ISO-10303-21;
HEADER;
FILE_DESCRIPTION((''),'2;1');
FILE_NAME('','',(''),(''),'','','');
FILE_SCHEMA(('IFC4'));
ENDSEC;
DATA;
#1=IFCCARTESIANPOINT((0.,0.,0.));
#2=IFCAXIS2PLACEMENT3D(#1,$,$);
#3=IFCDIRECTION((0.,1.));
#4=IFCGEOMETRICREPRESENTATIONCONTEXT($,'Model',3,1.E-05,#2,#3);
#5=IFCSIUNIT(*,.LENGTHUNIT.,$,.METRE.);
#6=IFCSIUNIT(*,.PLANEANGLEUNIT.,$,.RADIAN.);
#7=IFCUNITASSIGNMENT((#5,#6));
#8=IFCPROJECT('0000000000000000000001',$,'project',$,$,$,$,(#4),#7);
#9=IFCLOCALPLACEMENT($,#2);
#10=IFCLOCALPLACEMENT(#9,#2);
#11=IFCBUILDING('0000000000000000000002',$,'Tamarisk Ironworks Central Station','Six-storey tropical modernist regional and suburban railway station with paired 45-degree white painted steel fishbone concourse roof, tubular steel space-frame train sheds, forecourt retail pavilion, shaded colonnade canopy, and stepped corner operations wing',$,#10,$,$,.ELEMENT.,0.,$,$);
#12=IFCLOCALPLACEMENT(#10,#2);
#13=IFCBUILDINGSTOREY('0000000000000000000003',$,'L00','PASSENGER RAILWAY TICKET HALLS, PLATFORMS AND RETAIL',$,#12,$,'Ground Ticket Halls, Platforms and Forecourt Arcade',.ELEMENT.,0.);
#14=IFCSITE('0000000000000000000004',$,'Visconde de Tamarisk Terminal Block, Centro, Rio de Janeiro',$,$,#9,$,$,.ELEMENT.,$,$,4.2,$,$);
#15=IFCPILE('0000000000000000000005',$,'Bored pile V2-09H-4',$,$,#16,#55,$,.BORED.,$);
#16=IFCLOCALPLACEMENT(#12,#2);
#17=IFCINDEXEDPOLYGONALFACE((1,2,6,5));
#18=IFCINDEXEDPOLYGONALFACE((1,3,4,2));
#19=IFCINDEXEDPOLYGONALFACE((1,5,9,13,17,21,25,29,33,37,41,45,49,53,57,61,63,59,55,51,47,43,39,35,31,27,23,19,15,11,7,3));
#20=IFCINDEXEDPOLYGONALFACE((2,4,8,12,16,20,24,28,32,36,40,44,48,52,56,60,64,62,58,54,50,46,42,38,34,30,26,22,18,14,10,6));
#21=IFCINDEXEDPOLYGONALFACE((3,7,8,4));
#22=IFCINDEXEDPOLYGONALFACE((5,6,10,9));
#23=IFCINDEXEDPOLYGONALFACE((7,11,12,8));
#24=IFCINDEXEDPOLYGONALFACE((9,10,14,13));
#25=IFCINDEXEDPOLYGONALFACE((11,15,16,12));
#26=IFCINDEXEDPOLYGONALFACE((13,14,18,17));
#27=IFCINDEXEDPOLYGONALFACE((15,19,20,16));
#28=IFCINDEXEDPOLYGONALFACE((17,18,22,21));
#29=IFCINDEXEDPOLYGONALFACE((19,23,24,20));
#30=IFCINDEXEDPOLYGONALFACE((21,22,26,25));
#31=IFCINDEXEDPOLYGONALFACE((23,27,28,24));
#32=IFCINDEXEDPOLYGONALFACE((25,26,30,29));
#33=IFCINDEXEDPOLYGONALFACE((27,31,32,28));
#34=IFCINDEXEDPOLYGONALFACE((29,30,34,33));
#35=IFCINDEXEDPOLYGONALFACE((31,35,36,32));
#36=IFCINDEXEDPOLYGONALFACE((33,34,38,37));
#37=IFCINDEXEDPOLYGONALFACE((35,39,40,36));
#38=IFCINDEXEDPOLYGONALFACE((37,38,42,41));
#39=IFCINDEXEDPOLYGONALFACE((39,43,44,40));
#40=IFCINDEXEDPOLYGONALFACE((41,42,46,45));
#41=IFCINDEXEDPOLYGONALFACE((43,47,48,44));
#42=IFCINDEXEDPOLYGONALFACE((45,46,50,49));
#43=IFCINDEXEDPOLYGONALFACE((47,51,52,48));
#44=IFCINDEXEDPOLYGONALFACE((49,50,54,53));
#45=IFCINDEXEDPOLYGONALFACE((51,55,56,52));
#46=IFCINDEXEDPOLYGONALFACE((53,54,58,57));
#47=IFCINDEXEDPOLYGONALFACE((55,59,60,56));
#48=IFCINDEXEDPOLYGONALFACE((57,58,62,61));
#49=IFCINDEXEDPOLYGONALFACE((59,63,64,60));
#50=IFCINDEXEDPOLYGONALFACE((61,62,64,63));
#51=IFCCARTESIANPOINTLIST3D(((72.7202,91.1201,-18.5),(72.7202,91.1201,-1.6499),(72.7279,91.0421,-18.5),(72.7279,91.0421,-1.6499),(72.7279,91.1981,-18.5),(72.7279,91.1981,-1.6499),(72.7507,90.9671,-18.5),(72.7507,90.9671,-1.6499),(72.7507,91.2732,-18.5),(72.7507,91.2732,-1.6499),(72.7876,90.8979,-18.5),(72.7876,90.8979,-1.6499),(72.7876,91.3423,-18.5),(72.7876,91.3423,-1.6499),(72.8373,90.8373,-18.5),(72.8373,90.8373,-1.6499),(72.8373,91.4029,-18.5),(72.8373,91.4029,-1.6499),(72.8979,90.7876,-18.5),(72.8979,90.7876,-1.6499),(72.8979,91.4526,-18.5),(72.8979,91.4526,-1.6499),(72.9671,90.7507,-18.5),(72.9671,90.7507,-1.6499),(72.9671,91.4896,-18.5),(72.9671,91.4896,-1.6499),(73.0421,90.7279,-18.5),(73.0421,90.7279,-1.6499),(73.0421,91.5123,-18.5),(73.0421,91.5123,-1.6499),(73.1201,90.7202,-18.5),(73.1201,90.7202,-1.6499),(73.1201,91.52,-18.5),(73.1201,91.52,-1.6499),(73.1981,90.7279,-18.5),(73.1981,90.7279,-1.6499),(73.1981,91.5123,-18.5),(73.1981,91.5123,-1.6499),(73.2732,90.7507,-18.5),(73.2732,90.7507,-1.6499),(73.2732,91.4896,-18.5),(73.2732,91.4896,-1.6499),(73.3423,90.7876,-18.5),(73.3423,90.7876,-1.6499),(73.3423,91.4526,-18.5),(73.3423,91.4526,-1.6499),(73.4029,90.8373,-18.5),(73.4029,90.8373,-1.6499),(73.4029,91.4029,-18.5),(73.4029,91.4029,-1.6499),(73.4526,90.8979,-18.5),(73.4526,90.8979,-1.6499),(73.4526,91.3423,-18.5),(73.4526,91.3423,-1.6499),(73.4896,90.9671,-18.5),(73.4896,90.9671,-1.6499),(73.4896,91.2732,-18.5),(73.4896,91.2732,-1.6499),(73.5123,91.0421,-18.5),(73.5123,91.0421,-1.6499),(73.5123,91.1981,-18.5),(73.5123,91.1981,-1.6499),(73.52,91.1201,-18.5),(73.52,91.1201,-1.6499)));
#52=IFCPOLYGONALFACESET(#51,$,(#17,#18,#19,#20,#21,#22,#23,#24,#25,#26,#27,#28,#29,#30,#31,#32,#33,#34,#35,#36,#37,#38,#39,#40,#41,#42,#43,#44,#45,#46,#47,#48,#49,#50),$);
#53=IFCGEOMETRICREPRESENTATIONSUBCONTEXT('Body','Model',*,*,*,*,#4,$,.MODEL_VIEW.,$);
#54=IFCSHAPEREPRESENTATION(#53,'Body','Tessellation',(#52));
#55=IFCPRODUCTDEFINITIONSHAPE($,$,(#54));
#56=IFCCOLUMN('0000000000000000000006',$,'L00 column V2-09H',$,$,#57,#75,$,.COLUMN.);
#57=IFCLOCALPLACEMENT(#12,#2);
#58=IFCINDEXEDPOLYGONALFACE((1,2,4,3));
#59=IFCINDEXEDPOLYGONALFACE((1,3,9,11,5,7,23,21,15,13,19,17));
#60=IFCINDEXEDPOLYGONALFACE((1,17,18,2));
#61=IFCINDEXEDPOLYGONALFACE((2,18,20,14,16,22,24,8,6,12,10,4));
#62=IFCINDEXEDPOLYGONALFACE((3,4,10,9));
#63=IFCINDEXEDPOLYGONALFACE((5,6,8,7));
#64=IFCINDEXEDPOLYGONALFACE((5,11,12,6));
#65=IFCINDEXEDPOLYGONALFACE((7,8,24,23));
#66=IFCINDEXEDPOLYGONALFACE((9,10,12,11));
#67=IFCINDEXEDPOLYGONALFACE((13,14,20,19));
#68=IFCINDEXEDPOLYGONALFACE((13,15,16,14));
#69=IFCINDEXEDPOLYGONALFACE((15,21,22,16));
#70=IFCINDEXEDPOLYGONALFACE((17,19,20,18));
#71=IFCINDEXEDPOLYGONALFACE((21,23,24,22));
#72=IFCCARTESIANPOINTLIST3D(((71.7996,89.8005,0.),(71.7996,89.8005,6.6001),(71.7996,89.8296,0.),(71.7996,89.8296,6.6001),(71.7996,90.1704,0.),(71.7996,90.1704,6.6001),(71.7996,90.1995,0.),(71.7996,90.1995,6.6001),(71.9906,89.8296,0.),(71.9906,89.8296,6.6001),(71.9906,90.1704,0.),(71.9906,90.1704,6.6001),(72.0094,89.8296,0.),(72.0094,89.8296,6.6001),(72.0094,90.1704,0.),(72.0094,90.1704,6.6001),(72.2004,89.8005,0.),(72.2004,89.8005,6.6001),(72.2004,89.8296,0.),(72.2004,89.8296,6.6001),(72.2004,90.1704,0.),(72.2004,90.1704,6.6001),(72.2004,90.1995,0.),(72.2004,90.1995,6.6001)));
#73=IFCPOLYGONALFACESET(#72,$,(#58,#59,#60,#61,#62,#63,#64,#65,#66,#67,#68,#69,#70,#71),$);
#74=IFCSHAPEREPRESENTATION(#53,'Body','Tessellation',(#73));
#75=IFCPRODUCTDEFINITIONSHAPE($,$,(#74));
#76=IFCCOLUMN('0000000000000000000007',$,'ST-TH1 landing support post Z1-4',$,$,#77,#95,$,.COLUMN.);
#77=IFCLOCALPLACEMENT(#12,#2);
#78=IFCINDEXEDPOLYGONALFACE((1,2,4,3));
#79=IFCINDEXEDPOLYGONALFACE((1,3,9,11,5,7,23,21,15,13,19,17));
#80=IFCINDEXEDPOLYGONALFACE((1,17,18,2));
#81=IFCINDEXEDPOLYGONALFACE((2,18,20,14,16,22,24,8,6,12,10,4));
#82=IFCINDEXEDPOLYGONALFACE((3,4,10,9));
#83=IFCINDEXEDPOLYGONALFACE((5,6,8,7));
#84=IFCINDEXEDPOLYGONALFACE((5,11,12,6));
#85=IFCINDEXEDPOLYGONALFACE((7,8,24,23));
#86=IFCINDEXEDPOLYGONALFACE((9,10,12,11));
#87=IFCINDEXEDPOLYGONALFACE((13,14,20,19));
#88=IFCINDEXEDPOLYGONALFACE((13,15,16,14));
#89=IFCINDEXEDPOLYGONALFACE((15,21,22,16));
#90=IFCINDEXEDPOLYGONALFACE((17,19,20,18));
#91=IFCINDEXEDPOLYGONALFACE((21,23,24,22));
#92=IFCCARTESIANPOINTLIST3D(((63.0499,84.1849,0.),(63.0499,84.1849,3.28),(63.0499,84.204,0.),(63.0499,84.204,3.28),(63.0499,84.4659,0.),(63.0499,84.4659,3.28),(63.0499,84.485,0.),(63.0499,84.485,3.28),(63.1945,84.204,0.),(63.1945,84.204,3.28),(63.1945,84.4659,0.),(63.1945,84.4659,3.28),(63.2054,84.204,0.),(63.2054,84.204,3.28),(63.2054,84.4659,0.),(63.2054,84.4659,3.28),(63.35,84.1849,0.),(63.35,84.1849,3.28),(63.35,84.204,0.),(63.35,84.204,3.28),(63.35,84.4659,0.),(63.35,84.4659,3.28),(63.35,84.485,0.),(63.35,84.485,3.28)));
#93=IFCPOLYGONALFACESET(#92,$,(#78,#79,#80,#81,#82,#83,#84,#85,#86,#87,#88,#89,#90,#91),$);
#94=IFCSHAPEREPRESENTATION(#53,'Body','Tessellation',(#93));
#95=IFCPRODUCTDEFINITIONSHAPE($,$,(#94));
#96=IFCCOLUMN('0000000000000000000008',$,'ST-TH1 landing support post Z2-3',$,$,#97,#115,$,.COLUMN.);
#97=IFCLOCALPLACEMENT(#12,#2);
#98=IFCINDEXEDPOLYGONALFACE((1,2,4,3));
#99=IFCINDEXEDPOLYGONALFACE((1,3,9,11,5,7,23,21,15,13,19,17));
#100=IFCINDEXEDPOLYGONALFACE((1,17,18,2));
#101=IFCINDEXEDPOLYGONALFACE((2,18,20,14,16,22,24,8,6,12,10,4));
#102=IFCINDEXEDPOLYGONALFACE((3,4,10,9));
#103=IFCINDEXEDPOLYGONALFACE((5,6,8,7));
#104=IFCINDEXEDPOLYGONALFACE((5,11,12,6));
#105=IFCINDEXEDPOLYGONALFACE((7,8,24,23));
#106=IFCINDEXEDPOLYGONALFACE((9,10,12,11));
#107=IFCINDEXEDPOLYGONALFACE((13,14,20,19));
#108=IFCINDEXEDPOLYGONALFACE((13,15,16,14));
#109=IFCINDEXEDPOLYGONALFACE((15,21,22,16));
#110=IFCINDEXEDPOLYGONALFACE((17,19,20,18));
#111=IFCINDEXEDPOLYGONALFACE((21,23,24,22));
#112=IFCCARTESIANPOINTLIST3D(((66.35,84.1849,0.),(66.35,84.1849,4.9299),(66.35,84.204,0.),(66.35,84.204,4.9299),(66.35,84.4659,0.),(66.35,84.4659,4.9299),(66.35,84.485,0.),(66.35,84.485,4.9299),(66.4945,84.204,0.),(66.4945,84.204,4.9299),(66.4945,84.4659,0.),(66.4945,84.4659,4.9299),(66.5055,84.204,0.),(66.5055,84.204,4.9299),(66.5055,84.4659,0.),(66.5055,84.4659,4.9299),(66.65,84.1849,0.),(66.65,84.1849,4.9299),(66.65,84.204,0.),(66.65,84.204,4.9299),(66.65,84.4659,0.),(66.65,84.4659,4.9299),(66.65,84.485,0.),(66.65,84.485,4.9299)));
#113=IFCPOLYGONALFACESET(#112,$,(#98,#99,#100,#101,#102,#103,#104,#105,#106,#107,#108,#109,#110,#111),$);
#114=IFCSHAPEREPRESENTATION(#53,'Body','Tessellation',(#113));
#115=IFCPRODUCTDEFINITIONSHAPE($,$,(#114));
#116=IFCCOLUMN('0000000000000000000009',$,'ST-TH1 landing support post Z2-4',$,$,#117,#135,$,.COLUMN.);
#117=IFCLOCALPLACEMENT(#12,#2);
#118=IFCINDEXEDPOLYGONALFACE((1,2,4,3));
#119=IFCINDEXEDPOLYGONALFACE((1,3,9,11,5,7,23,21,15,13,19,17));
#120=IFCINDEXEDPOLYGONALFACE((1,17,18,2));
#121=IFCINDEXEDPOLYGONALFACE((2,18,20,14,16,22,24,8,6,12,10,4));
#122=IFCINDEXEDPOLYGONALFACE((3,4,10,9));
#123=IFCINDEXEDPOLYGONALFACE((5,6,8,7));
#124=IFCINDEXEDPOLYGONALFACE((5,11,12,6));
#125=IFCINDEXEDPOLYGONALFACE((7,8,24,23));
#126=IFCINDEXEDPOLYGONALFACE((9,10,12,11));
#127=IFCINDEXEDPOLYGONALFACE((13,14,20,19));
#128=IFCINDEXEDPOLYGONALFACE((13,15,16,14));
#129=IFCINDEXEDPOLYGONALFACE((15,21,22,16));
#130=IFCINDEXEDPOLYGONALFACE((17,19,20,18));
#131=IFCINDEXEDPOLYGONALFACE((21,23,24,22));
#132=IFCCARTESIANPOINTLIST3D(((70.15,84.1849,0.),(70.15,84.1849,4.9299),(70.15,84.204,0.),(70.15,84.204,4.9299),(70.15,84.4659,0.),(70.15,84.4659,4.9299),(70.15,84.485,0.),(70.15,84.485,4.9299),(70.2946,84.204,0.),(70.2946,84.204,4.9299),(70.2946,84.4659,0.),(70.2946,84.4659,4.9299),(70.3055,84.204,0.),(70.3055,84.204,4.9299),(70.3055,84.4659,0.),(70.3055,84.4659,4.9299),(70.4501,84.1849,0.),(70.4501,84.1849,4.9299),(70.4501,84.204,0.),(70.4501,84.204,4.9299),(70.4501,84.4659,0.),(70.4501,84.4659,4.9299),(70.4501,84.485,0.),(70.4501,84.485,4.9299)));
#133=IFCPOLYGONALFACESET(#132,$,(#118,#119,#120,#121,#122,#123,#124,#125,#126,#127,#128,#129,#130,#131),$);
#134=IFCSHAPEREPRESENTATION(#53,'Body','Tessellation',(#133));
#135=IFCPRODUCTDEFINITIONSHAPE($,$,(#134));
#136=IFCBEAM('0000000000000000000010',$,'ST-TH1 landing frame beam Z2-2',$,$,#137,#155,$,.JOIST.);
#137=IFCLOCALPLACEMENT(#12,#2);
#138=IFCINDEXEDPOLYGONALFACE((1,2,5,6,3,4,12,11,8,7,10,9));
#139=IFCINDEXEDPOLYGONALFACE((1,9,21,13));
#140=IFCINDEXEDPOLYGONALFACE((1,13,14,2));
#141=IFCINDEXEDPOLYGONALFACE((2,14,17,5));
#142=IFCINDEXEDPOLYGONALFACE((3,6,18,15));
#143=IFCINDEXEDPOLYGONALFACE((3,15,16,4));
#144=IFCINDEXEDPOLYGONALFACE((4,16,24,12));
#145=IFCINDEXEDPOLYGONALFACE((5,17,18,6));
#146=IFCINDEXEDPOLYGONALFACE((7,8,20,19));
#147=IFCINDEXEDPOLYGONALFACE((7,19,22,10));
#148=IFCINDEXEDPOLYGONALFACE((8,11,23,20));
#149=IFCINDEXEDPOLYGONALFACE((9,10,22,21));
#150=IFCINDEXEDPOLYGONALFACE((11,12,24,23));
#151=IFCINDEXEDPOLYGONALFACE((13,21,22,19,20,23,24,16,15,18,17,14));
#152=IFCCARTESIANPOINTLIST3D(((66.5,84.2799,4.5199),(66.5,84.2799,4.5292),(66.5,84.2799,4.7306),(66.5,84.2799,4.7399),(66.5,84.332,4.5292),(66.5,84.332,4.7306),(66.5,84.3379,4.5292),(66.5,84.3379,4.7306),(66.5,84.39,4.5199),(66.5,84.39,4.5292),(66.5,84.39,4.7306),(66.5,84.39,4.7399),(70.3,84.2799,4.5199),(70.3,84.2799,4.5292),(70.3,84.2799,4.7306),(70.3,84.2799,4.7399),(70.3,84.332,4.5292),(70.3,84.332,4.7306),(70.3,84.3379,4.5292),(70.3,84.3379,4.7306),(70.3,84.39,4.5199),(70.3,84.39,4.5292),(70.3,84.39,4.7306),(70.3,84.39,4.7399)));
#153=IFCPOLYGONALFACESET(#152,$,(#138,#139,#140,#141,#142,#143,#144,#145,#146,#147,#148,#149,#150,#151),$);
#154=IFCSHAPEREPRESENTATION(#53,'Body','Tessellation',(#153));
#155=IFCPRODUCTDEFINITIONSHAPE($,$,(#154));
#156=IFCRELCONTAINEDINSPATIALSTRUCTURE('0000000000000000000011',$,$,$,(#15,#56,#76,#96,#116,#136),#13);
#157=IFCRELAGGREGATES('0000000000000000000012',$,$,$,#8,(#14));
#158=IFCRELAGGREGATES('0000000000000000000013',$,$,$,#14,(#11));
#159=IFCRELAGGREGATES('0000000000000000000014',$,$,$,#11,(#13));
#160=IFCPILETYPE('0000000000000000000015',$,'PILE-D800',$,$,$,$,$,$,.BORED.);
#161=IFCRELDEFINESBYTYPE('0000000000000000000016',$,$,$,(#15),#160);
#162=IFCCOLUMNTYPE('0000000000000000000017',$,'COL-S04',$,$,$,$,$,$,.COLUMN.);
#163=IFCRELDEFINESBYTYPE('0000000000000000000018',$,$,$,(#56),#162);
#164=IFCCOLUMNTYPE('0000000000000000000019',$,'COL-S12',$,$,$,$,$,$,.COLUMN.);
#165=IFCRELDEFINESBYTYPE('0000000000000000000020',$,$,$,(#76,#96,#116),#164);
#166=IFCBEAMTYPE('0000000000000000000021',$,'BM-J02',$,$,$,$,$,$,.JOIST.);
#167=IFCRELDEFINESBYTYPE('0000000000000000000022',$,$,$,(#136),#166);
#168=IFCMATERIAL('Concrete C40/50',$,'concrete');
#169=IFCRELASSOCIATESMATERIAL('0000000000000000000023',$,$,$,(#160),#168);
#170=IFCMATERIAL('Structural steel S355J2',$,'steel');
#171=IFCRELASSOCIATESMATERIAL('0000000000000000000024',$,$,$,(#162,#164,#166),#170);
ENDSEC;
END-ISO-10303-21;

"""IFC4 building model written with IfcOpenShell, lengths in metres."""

from ifc_helpers import new_model, si_unit, direction, frame, origin, origin_2d, place, context, subcontext, project, spatial, circle, i_section, extrude, material, material_profile, profile_set, type_object, element, save


model = new_model("IFC4")

# Units and contexts
model_context = context("Model", 3, precision=1e-05, world=origin(), true_north=direction((0.0, 1.0)))
body_context = subcontext(model_context, "Body", "Model", "MODEL_VIEW")
ifc_project = project(units=[si_unit("LENGTHUNIT", "METRE"), si_unit("PLANEANGLEUNIT", "RADIAN")], contexts=[model_context])

# Site, building, storey
site_placement = place(None, origin())
site = spatial("IfcSite", under=ifc_project, at=site_placement, Name="Visconde de Tamarisk Terminal Block, Centro, Rio de Janeiro", CompositionType="ELEMENT", RefElevation=4.2)
building_placement = place(site_placement, origin())
building = spatial("IfcBuilding", under=site, at=building_placement, Name="Tamarisk Ironworks Central Station", Description="Six-storey tropical modernist regional and suburban railway station with paired 45-degree white painted steel fishbone concourse roof, tubular steel space-frame train sheds, forecourt retail pavilion, shaded colonnade canopy, and stepped corner operations wing", CompositionType="ELEMENT", ElevationOfRefHeight=0.0)
storey_placement = place(building_placement, origin())
storey = spatial("IfcBuildingStorey", under=building, at=storey_placement, Name="L00", Description="PASSENGER RAILWAY TICKET HALLS, PLATFORMS AND RETAIL", LongName="Ground Ticket Halls, Platforms and Forecourt Arcade", CompositionType="ELEMENT", Elevation=0.0)

# Shared definitions
ifc_material_1 = material(Name="Concrete C40/50", Category="concrete")

# Pile
ifc_material_profile_1 = material_profile(ifc_material_1, circle(Radius=0.3999, at=origin_2d()), Name="BORED PILE D800")
ifc_profile_set_1 = profile_set([ifc_material_profile_1], Name="Concrete C40/50")
pile_type = type_object("IfcPileType", Name="PILE-D800", PredefinedType="BORED", material=ifc_profile_set_1)
for number, where, z_axis, x_axis, name in (
    (1, (73.1201, 91.1201, -1.6499), (0.0, 0.0, -1.0), (1.0, 0.0, 0.0), "Bored pile V2-09H-4"),
):
    element("IfcPile", number, at=place(storey_placement, frame(where, z_axis=z_axis, x_axis=x_axis)), inside=storey, type_object=pile_type, Name=name, PredefinedType="BORED", context=body_context, shape_type="SweptSolid", body=[
        extrude(circle(Radius=0.3999, at=origin_2d()), origin(), (0.0, 0.0, 1.0), 16.8501),
    ])

# Columns
ifc_material_2 = material(Name="Structural steel S355J2", Category="steel")
ifc_material_profile_2 = material_profile(ifc_material_2, i_section(OverallWidth=0.4009, OverallDepth=0.3989, WebThickness=0.0188, FlangeThickness=0.0291, at=origin_2d()), Name="HD 400x314")
ifc_profile_set_2 = profile_set([ifc_material_profile_2], Name="Structural steel S355J2")
column_type_1 = type_object("IfcColumnType", Name="COL-S04", PredefinedType="COLUMN", material=ifc_profile_set_2)
column_1_placement = place(storey_placement, frame((72.0, 90.0, 0.0), z_axis=(0.0, 0.0, 1.0), x_axis=(1.0, 0.0, 0.0)))
element("IfcColumn", 2, at=column_1_placement, inside=storey, type_object=column_type_1, Name="L00 column V2-09H", PredefinedType="COLUMN", context=body_context, shape_type="SweptSolid", body=[
    extrude(i_section(OverallWidth=0.4009, OverallDepth=0.3989, WebThickness=0.0188, FlangeThickness=0.0291, at=origin_2d()), origin(), (0.0, 0.0, 1.0), 6.6001),
])
ifc_material_profile_3 = material_profile(ifc_material_2, i_section(OverallWidth=0.3, OverallDepth=0.3, WebThickness=0.011, FlangeThickness=0.019, at=origin_2d()), Name="HEB 300")
ifc_profile_set_3 = profile_set([ifc_material_profile_3], Name="Structural steel S355J2")
column_type_2 = type_object("IfcColumnType", Name="COL-S12", PredefinedType="COLUMN", material=ifc_profile_set_3)
column_2_placement = place(storey_placement, frame((63.2, 84.335, 0.0), z_axis=(0.0, 0.0, 1.0), x_axis=(1.0, 0.0, 0.0)))
element("IfcColumn", 3, at=column_2_placement, inside=storey, type_object=column_type_2, Name="ST-TH1 landing support post Z1-4", PredefinedType="COLUMN", context=body_context, shape_type="SweptSolid", body=[
    extrude(i_section(OverallWidth=0.3, OverallDepth=0.3, WebThickness=0.011, FlangeThickness=0.019, at=origin_2d()), origin(), (0.0, 0.0, 1.0), 3.28),
])
for number, where, z_axis, x_axis, name in (
    (4, (66.5, 84.335, 0.0), (0.0, 0.0, 1.0), (1.0, 0.0, 0.0), "ST-TH1 landing support post Z2-3"),
    (5, (70.3, 84.335, 0.0), (0.0, 0.0, 1.0), (1.0, 0.0, 0.0), "ST-TH1 landing support post Z2-4"),
):
    element("IfcColumn", number, at=place(storey_placement, frame(where, z_axis=z_axis, x_axis=x_axis)), inside=storey, type_object=column_type_2, Name=name, PredefinedType="COLUMN", context=body_context, shape_type="SweptSolid", body=[
        extrude(i_section(OverallWidth=0.3, OverallDepth=0.3, WebThickness=0.011, FlangeThickness=0.019, at=origin_2d()), origin(), (0.0, 0.0, 1.0), 4.9299),
    ])

# Beam
ifc_material_profile_4 = material_profile(ifc_material_2, i_section(OverallWidth=0.1101, OverallDepth=0.22, WebThickness=0.0059, FlangeThickness=0.0093, at=origin_2d()), Name="IPE 220")
ifc_profile_set_4 = profile_set([ifc_material_profile_4], Name="Structural steel S355J2")
beam_type = type_object("IfcBeamType", Name="BM-J02", PredefinedType="JOIST", material=ifc_profile_set_4)
beam_placement = place(storey_placement, frame((66.5, 84.335, 4.6299), z_axis=(1.0, 0.0, 0.0), x_axis=(0.0, 1.0, 0.0)))
element("IfcBeam", 6, at=beam_placement, inside=storey, type_object=beam_type, Name="ST-TH1 landing frame beam Z2-2", PredefinedType="JOIST", context=body_context, shape_type="SweptSolid", body=[
    extrude(i_section(OverallWidth=0.1101, OverallDepth=0.22, WebThickness=0.0059, FlangeThickness=0.0093, at=origin_2d()), origin(), (0.0, 0.0, 1.0), 3.8),
])

save(model, "model.ifc")
